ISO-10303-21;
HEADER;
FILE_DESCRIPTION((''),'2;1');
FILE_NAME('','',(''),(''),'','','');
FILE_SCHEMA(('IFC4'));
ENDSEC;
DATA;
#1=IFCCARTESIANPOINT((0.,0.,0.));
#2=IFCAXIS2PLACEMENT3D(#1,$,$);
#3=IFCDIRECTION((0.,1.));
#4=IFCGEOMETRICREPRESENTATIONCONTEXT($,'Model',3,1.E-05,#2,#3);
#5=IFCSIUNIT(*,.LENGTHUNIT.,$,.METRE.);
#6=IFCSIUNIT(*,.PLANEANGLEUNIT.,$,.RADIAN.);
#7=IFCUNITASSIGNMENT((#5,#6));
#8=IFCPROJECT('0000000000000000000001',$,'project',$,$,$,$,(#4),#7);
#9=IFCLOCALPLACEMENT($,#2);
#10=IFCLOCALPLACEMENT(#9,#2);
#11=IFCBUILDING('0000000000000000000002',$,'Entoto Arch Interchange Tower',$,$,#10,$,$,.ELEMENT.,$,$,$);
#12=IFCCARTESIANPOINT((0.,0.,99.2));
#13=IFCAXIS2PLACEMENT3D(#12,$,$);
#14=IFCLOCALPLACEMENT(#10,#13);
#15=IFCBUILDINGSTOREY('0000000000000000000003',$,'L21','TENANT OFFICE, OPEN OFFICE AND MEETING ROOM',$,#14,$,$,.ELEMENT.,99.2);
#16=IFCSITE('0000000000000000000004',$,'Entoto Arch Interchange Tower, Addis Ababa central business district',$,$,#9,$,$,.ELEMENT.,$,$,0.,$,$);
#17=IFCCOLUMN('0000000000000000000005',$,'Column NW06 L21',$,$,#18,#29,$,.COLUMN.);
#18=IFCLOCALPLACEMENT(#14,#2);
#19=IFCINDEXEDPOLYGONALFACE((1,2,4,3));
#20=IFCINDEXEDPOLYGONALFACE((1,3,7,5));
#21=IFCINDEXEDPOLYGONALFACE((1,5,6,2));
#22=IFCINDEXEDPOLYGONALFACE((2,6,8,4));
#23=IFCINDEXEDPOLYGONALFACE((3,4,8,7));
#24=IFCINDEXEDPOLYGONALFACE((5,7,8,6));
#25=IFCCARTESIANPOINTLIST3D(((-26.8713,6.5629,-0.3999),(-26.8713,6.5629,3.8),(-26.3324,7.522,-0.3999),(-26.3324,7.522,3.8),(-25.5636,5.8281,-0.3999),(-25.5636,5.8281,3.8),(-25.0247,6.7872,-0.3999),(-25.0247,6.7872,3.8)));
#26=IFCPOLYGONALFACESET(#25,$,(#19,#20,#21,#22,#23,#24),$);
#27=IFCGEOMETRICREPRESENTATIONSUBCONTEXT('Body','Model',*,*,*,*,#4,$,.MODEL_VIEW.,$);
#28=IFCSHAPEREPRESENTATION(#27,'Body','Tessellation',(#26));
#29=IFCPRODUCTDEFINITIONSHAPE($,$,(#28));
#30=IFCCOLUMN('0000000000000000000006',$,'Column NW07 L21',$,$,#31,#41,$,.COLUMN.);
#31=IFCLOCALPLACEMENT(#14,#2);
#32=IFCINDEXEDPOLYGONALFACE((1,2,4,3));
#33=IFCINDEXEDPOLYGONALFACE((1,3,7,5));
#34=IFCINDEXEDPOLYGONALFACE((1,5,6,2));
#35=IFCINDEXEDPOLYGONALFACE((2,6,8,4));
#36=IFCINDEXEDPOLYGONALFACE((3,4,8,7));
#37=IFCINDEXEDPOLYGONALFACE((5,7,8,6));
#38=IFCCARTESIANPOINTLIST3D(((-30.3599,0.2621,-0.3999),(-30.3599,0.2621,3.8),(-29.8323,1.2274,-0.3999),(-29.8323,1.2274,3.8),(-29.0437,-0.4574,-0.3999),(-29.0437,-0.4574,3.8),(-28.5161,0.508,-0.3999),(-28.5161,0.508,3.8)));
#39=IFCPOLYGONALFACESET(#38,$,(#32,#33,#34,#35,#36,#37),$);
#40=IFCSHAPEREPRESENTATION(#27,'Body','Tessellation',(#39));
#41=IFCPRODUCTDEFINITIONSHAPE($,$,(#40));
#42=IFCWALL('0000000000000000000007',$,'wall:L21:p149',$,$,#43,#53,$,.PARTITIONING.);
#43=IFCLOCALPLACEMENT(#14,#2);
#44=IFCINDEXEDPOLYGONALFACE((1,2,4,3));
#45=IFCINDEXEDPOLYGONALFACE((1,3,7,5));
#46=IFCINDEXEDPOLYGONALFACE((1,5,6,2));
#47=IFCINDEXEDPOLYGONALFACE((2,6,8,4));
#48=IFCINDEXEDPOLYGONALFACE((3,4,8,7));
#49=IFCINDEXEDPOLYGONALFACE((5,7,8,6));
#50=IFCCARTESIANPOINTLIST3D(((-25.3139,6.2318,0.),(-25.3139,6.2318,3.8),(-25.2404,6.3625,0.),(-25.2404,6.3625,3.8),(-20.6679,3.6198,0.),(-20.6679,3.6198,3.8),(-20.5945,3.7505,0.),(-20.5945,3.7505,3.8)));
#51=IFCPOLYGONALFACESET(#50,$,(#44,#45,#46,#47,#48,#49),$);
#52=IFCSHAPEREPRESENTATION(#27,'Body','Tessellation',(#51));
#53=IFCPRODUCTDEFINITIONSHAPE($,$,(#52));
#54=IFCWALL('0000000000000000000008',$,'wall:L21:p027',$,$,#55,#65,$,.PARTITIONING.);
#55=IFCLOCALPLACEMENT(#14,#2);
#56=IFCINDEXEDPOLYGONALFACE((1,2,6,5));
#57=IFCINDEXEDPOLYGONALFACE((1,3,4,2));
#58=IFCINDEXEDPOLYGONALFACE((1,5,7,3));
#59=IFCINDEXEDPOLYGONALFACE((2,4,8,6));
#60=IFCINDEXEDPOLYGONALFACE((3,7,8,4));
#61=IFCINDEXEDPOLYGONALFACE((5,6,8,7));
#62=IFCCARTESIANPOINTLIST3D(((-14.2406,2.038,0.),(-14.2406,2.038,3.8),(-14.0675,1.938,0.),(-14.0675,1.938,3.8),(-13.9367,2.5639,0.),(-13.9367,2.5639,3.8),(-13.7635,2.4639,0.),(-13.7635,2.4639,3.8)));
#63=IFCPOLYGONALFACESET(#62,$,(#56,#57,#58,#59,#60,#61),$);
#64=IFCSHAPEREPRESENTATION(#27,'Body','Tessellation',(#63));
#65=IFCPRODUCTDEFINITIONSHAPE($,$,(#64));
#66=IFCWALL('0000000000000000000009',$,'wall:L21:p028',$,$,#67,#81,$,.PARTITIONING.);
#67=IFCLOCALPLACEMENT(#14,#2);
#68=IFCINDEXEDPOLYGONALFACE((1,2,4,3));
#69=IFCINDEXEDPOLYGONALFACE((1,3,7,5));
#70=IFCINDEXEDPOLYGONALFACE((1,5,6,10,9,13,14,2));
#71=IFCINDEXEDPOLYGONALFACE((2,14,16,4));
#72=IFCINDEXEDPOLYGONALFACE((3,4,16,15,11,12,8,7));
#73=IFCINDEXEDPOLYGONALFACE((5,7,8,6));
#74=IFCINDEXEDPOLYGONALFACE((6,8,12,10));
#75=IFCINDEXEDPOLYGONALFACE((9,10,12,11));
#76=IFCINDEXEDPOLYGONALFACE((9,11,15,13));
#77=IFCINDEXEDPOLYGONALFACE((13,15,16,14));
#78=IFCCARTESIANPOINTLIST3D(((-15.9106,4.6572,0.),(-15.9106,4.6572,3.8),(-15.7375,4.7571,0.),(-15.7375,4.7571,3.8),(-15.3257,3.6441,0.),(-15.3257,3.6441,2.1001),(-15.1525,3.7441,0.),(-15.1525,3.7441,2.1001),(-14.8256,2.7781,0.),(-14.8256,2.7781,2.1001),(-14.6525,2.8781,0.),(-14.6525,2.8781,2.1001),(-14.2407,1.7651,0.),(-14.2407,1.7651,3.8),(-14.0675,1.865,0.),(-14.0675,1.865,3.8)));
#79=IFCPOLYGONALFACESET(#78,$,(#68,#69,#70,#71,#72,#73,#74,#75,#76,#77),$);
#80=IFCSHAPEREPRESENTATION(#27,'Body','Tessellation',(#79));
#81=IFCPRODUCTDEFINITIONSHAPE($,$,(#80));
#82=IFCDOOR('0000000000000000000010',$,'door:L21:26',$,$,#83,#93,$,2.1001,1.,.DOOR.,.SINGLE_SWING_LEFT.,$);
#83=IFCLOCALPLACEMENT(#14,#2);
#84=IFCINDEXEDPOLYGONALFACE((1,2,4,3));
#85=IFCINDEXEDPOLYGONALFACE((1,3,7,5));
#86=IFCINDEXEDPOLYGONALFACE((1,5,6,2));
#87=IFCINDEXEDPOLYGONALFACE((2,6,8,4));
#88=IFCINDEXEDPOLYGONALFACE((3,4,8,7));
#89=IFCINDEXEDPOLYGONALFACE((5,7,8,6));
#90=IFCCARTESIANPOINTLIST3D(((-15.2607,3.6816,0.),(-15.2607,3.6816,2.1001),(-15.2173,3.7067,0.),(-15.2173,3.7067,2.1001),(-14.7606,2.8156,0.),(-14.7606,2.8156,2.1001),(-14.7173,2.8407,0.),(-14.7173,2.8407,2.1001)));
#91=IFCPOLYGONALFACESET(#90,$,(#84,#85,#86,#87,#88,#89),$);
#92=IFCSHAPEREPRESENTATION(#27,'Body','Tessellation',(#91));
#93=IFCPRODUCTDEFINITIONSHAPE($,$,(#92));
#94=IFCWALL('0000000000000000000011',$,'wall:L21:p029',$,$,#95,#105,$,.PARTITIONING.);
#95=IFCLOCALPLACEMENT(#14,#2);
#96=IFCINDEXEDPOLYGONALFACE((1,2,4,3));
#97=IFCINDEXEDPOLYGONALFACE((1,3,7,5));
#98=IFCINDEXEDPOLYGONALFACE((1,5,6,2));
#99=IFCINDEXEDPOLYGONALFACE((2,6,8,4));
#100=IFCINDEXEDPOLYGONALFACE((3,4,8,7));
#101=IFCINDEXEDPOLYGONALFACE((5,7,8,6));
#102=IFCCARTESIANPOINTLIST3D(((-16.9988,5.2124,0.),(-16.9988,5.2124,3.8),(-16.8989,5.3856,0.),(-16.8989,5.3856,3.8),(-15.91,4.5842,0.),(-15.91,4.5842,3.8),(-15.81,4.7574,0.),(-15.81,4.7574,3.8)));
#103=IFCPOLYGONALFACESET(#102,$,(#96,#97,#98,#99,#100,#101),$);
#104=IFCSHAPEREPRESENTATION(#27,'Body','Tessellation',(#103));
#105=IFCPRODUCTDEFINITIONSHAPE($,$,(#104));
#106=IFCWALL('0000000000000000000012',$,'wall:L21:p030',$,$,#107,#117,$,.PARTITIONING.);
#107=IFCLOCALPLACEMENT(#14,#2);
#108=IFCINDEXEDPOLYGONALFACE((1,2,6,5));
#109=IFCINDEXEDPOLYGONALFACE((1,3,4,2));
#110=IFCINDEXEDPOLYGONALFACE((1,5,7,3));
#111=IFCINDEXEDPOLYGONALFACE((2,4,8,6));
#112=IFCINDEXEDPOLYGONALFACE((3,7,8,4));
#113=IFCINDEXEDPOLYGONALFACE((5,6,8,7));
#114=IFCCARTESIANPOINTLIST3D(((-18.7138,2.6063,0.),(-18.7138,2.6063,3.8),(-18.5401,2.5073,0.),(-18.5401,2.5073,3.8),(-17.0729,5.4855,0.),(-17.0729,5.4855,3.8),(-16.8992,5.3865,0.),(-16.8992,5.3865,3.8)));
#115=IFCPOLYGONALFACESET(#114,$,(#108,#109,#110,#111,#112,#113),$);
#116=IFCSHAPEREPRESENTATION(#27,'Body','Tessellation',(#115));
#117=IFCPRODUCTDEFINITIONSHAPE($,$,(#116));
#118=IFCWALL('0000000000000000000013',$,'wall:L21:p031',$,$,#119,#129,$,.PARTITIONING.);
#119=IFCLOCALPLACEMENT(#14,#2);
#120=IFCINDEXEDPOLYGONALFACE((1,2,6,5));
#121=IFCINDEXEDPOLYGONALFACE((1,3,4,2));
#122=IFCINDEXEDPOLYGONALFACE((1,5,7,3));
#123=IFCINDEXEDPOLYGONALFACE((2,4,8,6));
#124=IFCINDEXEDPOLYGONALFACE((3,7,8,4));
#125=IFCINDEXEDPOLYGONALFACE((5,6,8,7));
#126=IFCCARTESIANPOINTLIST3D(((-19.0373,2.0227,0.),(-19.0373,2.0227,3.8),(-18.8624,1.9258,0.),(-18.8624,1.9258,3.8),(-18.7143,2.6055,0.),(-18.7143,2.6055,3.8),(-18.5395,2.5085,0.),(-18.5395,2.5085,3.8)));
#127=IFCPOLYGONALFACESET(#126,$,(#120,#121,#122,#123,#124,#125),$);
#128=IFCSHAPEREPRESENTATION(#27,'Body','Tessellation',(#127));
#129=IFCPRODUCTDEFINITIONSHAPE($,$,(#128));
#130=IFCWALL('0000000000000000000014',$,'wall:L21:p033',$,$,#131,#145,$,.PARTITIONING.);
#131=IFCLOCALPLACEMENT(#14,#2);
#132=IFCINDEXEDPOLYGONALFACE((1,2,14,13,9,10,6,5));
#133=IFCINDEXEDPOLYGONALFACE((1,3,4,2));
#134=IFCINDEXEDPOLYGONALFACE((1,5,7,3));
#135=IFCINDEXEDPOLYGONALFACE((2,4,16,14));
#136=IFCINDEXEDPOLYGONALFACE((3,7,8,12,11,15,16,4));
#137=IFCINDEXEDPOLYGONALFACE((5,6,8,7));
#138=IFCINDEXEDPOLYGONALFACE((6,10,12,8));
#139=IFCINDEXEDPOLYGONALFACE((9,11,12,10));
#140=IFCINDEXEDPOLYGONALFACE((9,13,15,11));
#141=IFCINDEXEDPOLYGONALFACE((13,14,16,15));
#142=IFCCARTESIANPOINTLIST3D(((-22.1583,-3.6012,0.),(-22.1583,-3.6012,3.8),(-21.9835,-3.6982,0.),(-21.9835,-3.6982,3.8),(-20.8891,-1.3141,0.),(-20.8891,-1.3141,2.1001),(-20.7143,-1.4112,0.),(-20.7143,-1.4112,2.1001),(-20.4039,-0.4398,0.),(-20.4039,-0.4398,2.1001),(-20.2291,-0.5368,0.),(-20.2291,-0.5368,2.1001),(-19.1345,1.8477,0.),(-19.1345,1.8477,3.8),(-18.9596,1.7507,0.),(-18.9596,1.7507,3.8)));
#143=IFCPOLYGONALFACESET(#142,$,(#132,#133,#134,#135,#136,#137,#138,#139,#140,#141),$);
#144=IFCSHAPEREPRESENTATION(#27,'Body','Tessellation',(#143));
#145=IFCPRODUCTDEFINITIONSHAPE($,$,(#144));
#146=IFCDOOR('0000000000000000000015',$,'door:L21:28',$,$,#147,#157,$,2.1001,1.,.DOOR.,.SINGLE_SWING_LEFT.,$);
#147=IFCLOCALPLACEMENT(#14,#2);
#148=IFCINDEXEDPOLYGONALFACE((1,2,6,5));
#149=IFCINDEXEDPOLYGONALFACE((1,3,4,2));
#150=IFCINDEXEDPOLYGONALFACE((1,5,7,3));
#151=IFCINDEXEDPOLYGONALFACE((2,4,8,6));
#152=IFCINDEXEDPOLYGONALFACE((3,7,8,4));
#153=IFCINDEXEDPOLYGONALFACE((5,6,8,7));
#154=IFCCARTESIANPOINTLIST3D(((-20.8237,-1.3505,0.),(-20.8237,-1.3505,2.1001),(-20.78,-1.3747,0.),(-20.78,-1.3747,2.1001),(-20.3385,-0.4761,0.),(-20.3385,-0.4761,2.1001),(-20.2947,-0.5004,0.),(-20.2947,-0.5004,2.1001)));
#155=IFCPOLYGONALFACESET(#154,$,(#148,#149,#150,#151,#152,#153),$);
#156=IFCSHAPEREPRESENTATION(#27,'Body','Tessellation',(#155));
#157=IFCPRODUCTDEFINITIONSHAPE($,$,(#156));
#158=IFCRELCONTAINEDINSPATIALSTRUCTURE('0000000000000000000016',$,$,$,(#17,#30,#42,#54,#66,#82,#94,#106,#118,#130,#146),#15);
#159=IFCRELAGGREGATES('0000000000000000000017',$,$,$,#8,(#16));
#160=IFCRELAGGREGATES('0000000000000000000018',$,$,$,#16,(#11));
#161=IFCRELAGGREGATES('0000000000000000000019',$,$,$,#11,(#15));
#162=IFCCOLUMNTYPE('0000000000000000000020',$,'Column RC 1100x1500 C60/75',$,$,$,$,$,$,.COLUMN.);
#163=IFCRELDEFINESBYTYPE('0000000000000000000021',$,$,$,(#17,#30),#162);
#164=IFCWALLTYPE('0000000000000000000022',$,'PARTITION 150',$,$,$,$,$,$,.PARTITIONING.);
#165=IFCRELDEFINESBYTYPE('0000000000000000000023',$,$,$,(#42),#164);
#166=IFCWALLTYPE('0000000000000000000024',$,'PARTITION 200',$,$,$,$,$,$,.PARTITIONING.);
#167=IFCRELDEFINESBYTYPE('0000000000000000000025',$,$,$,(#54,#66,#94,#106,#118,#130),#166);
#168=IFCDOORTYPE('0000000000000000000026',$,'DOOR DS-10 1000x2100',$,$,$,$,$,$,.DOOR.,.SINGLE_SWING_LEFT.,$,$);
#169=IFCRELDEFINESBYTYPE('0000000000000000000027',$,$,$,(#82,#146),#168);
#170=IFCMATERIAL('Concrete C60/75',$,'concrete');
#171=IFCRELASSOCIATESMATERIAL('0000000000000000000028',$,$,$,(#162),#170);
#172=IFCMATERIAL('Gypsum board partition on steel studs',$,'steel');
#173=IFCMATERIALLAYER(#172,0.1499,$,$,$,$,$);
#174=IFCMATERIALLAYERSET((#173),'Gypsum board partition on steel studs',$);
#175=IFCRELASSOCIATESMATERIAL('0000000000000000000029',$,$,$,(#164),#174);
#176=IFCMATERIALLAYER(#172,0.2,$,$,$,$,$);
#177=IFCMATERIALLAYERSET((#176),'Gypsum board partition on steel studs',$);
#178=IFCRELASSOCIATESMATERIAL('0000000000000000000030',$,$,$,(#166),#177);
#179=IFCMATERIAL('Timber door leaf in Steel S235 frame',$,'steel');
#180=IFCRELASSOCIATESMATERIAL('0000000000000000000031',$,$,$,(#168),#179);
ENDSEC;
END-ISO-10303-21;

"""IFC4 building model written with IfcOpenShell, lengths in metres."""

from ifc_helpers import new_model, si_unit, direction, frame, frame_2d, origin, origin_2d, place, context, subcontext, project, spatial, rectangle, extrude, material, layer, layer_set, material_profile, profile_set, type_object, element, fill, save


model = new_model("IFC4")

# Units and contexts
model_context = context("Model", 3, precision=1e-05, world=origin(), true_north=direction((0.0, 1.0)))
body_context = subcontext(model_context, "Body", "Model", "MODEL_VIEW")
ifc_project = project(units=[si_unit("LENGTHUNIT", "METRE"), si_unit("PLANEANGLEUNIT", "RADIAN")], contexts=[model_context])

# Site, building, storey
site_placement = place(None, origin())
site = spatial("IfcSite", under=ifc_project, at=site_placement, Name="Entoto Arch Interchange Tower, Addis Ababa central business district", CompositionType="ELEMENT", RefElevation=0.0)
building_placement = place(site_placement, origin())
building = spatial("IfcBuilding", under=site, at=building_placement, Name="Entoto Arch Interchange Tower", CompositionType="ELEMENT")
storey_placement = place(building_placement, frame((0.0, 0.0, 99.2)))
storey = spatial("IfcBuildingStorey", under=building, at=storey_placement, Name="L21", Description="TENANT OFFICE, OPEN OFFICE AND MEETING ROOM", CompositionType="ELEMENT", Elevation=99.2)

# Columns
ifc_material_1 = material(Name="Concrete C60/75", Category="concrete")
ifc_material_profile = material_profile(ifc_material_1, rectangle(XDim=1.1001, YDim=1.5, at=origin_2d()))
ifc_profile_set = profile_set([ifc_material_profile], Name="Concrete C60/75")
column_type = type_object("IfcColumnType", Name="Column RC 1100x1500 C60/75", PredefinedType="COLUMN", material=ifc_profile_set)
for number, where, z_axis, x_axis, name in (
    (1, (-25.948, 6.675, -0.3999), (0.0, 0.0, 1.0), (0.489839, 0.871813, 0.0), "Column NW06 L21"),
    (2, (-29.438, 0.385, -0.3999), (0.0, 0.0, 1.0), (0.479611, 0.877481, 0.0), "Column NW07 L21"),
):
    element("IfcColumn", number, at=place(storey_placement, frame(where, z_axis=z_axis, x_axis=x_axis)), inside=storey, type_object=column_type, Name=name, PredefinedType="COLUMN", context=body_context, shape_type="SweptSolid", body=[
        extrude(rectangle(XDim=1.1001, YDim=1.5, at=origin_2d()), origin(), (0.0, 0.0, 1.0), 4.2),
    ])

# Walls
ifc_material_2 = material(Name="Gypsum board partition on steel studs", Category="steel")
ifc_layer_1 = layer(ifc_material_2, 0.1499)
ifc_layer_set_1 = layer_set([ifc_layer_1], Name="Gypsum board partition on steel studs")
wall_type_1 = type_object("IfcWallType", Name="PARTITION 150", PredefinedType="PARTITIONING", material=ifc_layer_set_1)
wall_1_placement = place(storey_placement, frame((-20.6311, 3.6851, 0.0), z_axis=(0.0, 0.0, 1.0), x_axis=(-0.871681, 0.490074, 0.0)))
element("IfcWall", 3, at=wall_1_placement, inside=storey, type_object=wall_type_1, Name="wall:L21:p149", PredefinedType="PARTITIONING", context=body_context, shape_type="SweptSolid", body=[
    extrude(rectangle(XDim=5.3298, YDim=0.1499, at=frame_2d((2.665, 0.0))), origin(), (0.0, 0.0, 1.0), 3.8),
])
ifc_layer_2 = layer(ifc_material_2, 0.2)
ifc_layer_set_2 = layer_set([ifc_layer_2], Name="Gypsum board partition on steel studs")
wall_type_2 = type_object("IfcWallType", Name="PARTITION 200", PredefinedType="PARTITIONING", material=ifc_layer_set_2)
wall_2_placement = place(storey_placement, frame((-13.8501, 2.5139, 0.0), z_axis=(0.0, 0.0, 1.0), x_axis=(-0.500418, -0.865784, 0.0)))
element("IfcWall", 4, at=wall_2_placement, inside=storey, type_object=wall_type_2, Name="wall:L21:p027", PredefinedType="PARTITIONING", context=body_context, shape_type="SweptSolid", body=[
    extrude(rectangle(XDim=0.6074, YDim=0.2, at=frame_2d((0.3037, 0.0))), origin(), (0.0, 0.0, 1.0), 3.8),
])

# Wall, opening, door
wall_3_placement = place(storey_placement, frame((-14.1541, 1.8149, 0.0), z_axis=(0.0, 0.0, 1.0), x_axis=(-0.500039, 0.866003, 0.0)))
wall_3 = element("IfcWall", 5, at=wall_3_placement, inside=storey, type_object=wall_type_2, Name="wall:L21:p028", PredefinedType="PARTITIONING", context=body_context, shape_type="SweptSolid", body=[
    extrude(rectangle(XDim=3.3396, YDim=0.2, at=frame_2d((1.6699, 0.0))), origin(), (0.0, 0.0, 1.0), 3.8),
])
opening_1_placement = place(wall_3_placement, frame((1.1699, 0.0, 0.0)))
opening_1 = element("IfcOpeningElement", 6, at=opening_1_placement, cuts=wall_3, PredefinedType="OPENING", context=body_context, shape_type="SweptSolid", body=[
    extrude(rectangle(XDim=1.0, YDim=2.1001, at=frame_2d((0.5, 1.05))), frame((0.0, 0.1099, 0.0), z_axis=(0.0, -1.0, 0.0), x_axis=(1.0, 0.0, 0.0)), (0.0, 0.0, 1.0), 0.22),
])
ifc_material_3 = material(Name="Timber door leaf in Steel S235 frame", Category="steel")
door_type = type_object("IfcDoorType", Name="DOOR DS-10 1000x2100", OperationType="SINGLE_SWING_LEFT", PredefinedType="DOOR", material=ifc_material_3)
door_1_placement = place(opening_1_placement, origin())
door_1 = element("IfcDoor", 7, at=door_1_placement, inside=storey, type_object=door_type, Name="door:L21:26", OperationType="SINGLE_SWING_LEFT", OverallHeight=2.1001, OverallWidth=1.0, PredefinedType="DOOR", context=body_context, shape_type="SweptSolid", body=[
    extrude(rectangle(XDim=1.0, YDim=2.1001, at=frame_2d((0.5, 1.05))), frame((0.0, 0.0249, 0.0), z_axis=(0.0, -1.0, 0.0), x_axis=(1.0, 0.0, 0.0)), (0.0, 0.0, 1.0), 0.05),
])
fill(opening_1, door_1)

# Walls
wall_4_placement = place(storey_placement, frame((-15.8601, 4.6709, 0.0), z_axis=(0.0, 0.0, 1.0), x_axis=(-0.866192, 0.499711, 0.0)))
element("IfcWall", 8, at=wall_4_placement, inside=storey, type_object=wall_type_2, Name="wall:L21:p029", PredefinedType="PARTITIONING", context=body_context, shape_type="SweptSolid", body=[
    extrude(rectangle(XDim=1.2571, YDim=0.2, at=frame_2d((0.6284, 0.0))), origin(), (0.0, 0.0, 1.0), 3.8),
])
wall_5_placement = place(storey_placement, frame((-16.9861, 5.436, 0.0), z_axis=(0.0, 0.0, 1.0), x_axis=(-0.495147, -0.868809, 0.0)))
element("IfcWall", 9, at=wall_5_placement, inside=storey, type_object=wall_type_2, Name="wall:L21:p030", PredefinedType="PARTITIONING", context=body_context, shape_type="SweptSolid", body=[
    extrude(rectangle(XDim=3.314, YDim=0.2, at=frame_2d((1.657, 0.0))), origin(), (0.0, 0.0, 1.0), 3.8),
])
wall_6_placement = place(storey_placement, frame((-18.627, 2.5569, 0.0), z_axis=(0.0, 0.0, 1.0), x_axis=(-0.484772, -0.874641, 0.0)))
element("IfcWall", 10, at=wall_6_placement, inside=storey, type_object=wall_type_2, Name="wall:L21:p031", PredefinedType="PARTITIONING", context=body_context, shape_type="SweptSolid", body=[
    extrude(rectangle(XDim=0.6663, YDim=0.2, at=frame_2d((0.333, 0.0))), origin(), (0.0, 0.0, 1.0), 3.8),
])

# Wall, opening, door
wall_7_placement = place(storey_placement, frame((-19.0471, 1.7991, 0.0), z_axis=(0.0, 0.0, 1.0), x_axis=(-0.48524, -0.874381, 0.0)))
wall_7 = element("IfcWall", 11, at=wall_7_placement, inside=storey, type_object=wall_type_2, Name="wall:L21:p033", PredefinedType="PARTITIONING", context=body_context, shape_type="SweptSolid", body=[
    extrude(rectangle(XDim=6.2317, YDim=0.2, at=frame_2d((3.1157, 0.0))), origin(), (0.0, 0.0, 1.0), 3.8),
])
opening_2_placement = place(wall_7_placement, frame((2.616, 0.0, 0.0)))
opening_2 = element("IfcOpeningElement", 12, at=opening_2_placement, cuts=wall_7, PredefinedType="OPENING", context=body_context, shape_type="SweptSolid", body=[
    extrude(rectangle(XDim=1.0, YDim=2.1001, at=frame_2d((0.5, 1.05))), frame((0.0, 0.1099, 0.0), z_axis=(0.0, -1.0, 0.0), x_axis=(1.0, 0.0, 0.0)), (0.0, 0.0, 1.0), 0.22),
])
door_2_placement = place(opening_2_placement, origin())
door_2 = element("IfcDoor", 13, at=door_2_placement, inside=storey, type_object=door_type, Name="door:L21:28", OperationType="SINGLE_SWING_LEFT", OverallHeight=2.1001, OverallWidth=1.0, PredefinedType="DOOR", context=body_context, shape_type="SweptSolid", body=[
    extrude(rectangle(XDim=1.0, YDim=2.1001, at=frame_2d((0.5, 1.05))), frame((0.0, 0.0249, 0.0), z_axis=(0.0, -1.0, 0.0), x_axis=(1.0, 0.0, 0.0)), (0.0, 0.0, 1.0), 0.05),
])
fill(opening_2, door_2)

save(model, "model.ifc")
